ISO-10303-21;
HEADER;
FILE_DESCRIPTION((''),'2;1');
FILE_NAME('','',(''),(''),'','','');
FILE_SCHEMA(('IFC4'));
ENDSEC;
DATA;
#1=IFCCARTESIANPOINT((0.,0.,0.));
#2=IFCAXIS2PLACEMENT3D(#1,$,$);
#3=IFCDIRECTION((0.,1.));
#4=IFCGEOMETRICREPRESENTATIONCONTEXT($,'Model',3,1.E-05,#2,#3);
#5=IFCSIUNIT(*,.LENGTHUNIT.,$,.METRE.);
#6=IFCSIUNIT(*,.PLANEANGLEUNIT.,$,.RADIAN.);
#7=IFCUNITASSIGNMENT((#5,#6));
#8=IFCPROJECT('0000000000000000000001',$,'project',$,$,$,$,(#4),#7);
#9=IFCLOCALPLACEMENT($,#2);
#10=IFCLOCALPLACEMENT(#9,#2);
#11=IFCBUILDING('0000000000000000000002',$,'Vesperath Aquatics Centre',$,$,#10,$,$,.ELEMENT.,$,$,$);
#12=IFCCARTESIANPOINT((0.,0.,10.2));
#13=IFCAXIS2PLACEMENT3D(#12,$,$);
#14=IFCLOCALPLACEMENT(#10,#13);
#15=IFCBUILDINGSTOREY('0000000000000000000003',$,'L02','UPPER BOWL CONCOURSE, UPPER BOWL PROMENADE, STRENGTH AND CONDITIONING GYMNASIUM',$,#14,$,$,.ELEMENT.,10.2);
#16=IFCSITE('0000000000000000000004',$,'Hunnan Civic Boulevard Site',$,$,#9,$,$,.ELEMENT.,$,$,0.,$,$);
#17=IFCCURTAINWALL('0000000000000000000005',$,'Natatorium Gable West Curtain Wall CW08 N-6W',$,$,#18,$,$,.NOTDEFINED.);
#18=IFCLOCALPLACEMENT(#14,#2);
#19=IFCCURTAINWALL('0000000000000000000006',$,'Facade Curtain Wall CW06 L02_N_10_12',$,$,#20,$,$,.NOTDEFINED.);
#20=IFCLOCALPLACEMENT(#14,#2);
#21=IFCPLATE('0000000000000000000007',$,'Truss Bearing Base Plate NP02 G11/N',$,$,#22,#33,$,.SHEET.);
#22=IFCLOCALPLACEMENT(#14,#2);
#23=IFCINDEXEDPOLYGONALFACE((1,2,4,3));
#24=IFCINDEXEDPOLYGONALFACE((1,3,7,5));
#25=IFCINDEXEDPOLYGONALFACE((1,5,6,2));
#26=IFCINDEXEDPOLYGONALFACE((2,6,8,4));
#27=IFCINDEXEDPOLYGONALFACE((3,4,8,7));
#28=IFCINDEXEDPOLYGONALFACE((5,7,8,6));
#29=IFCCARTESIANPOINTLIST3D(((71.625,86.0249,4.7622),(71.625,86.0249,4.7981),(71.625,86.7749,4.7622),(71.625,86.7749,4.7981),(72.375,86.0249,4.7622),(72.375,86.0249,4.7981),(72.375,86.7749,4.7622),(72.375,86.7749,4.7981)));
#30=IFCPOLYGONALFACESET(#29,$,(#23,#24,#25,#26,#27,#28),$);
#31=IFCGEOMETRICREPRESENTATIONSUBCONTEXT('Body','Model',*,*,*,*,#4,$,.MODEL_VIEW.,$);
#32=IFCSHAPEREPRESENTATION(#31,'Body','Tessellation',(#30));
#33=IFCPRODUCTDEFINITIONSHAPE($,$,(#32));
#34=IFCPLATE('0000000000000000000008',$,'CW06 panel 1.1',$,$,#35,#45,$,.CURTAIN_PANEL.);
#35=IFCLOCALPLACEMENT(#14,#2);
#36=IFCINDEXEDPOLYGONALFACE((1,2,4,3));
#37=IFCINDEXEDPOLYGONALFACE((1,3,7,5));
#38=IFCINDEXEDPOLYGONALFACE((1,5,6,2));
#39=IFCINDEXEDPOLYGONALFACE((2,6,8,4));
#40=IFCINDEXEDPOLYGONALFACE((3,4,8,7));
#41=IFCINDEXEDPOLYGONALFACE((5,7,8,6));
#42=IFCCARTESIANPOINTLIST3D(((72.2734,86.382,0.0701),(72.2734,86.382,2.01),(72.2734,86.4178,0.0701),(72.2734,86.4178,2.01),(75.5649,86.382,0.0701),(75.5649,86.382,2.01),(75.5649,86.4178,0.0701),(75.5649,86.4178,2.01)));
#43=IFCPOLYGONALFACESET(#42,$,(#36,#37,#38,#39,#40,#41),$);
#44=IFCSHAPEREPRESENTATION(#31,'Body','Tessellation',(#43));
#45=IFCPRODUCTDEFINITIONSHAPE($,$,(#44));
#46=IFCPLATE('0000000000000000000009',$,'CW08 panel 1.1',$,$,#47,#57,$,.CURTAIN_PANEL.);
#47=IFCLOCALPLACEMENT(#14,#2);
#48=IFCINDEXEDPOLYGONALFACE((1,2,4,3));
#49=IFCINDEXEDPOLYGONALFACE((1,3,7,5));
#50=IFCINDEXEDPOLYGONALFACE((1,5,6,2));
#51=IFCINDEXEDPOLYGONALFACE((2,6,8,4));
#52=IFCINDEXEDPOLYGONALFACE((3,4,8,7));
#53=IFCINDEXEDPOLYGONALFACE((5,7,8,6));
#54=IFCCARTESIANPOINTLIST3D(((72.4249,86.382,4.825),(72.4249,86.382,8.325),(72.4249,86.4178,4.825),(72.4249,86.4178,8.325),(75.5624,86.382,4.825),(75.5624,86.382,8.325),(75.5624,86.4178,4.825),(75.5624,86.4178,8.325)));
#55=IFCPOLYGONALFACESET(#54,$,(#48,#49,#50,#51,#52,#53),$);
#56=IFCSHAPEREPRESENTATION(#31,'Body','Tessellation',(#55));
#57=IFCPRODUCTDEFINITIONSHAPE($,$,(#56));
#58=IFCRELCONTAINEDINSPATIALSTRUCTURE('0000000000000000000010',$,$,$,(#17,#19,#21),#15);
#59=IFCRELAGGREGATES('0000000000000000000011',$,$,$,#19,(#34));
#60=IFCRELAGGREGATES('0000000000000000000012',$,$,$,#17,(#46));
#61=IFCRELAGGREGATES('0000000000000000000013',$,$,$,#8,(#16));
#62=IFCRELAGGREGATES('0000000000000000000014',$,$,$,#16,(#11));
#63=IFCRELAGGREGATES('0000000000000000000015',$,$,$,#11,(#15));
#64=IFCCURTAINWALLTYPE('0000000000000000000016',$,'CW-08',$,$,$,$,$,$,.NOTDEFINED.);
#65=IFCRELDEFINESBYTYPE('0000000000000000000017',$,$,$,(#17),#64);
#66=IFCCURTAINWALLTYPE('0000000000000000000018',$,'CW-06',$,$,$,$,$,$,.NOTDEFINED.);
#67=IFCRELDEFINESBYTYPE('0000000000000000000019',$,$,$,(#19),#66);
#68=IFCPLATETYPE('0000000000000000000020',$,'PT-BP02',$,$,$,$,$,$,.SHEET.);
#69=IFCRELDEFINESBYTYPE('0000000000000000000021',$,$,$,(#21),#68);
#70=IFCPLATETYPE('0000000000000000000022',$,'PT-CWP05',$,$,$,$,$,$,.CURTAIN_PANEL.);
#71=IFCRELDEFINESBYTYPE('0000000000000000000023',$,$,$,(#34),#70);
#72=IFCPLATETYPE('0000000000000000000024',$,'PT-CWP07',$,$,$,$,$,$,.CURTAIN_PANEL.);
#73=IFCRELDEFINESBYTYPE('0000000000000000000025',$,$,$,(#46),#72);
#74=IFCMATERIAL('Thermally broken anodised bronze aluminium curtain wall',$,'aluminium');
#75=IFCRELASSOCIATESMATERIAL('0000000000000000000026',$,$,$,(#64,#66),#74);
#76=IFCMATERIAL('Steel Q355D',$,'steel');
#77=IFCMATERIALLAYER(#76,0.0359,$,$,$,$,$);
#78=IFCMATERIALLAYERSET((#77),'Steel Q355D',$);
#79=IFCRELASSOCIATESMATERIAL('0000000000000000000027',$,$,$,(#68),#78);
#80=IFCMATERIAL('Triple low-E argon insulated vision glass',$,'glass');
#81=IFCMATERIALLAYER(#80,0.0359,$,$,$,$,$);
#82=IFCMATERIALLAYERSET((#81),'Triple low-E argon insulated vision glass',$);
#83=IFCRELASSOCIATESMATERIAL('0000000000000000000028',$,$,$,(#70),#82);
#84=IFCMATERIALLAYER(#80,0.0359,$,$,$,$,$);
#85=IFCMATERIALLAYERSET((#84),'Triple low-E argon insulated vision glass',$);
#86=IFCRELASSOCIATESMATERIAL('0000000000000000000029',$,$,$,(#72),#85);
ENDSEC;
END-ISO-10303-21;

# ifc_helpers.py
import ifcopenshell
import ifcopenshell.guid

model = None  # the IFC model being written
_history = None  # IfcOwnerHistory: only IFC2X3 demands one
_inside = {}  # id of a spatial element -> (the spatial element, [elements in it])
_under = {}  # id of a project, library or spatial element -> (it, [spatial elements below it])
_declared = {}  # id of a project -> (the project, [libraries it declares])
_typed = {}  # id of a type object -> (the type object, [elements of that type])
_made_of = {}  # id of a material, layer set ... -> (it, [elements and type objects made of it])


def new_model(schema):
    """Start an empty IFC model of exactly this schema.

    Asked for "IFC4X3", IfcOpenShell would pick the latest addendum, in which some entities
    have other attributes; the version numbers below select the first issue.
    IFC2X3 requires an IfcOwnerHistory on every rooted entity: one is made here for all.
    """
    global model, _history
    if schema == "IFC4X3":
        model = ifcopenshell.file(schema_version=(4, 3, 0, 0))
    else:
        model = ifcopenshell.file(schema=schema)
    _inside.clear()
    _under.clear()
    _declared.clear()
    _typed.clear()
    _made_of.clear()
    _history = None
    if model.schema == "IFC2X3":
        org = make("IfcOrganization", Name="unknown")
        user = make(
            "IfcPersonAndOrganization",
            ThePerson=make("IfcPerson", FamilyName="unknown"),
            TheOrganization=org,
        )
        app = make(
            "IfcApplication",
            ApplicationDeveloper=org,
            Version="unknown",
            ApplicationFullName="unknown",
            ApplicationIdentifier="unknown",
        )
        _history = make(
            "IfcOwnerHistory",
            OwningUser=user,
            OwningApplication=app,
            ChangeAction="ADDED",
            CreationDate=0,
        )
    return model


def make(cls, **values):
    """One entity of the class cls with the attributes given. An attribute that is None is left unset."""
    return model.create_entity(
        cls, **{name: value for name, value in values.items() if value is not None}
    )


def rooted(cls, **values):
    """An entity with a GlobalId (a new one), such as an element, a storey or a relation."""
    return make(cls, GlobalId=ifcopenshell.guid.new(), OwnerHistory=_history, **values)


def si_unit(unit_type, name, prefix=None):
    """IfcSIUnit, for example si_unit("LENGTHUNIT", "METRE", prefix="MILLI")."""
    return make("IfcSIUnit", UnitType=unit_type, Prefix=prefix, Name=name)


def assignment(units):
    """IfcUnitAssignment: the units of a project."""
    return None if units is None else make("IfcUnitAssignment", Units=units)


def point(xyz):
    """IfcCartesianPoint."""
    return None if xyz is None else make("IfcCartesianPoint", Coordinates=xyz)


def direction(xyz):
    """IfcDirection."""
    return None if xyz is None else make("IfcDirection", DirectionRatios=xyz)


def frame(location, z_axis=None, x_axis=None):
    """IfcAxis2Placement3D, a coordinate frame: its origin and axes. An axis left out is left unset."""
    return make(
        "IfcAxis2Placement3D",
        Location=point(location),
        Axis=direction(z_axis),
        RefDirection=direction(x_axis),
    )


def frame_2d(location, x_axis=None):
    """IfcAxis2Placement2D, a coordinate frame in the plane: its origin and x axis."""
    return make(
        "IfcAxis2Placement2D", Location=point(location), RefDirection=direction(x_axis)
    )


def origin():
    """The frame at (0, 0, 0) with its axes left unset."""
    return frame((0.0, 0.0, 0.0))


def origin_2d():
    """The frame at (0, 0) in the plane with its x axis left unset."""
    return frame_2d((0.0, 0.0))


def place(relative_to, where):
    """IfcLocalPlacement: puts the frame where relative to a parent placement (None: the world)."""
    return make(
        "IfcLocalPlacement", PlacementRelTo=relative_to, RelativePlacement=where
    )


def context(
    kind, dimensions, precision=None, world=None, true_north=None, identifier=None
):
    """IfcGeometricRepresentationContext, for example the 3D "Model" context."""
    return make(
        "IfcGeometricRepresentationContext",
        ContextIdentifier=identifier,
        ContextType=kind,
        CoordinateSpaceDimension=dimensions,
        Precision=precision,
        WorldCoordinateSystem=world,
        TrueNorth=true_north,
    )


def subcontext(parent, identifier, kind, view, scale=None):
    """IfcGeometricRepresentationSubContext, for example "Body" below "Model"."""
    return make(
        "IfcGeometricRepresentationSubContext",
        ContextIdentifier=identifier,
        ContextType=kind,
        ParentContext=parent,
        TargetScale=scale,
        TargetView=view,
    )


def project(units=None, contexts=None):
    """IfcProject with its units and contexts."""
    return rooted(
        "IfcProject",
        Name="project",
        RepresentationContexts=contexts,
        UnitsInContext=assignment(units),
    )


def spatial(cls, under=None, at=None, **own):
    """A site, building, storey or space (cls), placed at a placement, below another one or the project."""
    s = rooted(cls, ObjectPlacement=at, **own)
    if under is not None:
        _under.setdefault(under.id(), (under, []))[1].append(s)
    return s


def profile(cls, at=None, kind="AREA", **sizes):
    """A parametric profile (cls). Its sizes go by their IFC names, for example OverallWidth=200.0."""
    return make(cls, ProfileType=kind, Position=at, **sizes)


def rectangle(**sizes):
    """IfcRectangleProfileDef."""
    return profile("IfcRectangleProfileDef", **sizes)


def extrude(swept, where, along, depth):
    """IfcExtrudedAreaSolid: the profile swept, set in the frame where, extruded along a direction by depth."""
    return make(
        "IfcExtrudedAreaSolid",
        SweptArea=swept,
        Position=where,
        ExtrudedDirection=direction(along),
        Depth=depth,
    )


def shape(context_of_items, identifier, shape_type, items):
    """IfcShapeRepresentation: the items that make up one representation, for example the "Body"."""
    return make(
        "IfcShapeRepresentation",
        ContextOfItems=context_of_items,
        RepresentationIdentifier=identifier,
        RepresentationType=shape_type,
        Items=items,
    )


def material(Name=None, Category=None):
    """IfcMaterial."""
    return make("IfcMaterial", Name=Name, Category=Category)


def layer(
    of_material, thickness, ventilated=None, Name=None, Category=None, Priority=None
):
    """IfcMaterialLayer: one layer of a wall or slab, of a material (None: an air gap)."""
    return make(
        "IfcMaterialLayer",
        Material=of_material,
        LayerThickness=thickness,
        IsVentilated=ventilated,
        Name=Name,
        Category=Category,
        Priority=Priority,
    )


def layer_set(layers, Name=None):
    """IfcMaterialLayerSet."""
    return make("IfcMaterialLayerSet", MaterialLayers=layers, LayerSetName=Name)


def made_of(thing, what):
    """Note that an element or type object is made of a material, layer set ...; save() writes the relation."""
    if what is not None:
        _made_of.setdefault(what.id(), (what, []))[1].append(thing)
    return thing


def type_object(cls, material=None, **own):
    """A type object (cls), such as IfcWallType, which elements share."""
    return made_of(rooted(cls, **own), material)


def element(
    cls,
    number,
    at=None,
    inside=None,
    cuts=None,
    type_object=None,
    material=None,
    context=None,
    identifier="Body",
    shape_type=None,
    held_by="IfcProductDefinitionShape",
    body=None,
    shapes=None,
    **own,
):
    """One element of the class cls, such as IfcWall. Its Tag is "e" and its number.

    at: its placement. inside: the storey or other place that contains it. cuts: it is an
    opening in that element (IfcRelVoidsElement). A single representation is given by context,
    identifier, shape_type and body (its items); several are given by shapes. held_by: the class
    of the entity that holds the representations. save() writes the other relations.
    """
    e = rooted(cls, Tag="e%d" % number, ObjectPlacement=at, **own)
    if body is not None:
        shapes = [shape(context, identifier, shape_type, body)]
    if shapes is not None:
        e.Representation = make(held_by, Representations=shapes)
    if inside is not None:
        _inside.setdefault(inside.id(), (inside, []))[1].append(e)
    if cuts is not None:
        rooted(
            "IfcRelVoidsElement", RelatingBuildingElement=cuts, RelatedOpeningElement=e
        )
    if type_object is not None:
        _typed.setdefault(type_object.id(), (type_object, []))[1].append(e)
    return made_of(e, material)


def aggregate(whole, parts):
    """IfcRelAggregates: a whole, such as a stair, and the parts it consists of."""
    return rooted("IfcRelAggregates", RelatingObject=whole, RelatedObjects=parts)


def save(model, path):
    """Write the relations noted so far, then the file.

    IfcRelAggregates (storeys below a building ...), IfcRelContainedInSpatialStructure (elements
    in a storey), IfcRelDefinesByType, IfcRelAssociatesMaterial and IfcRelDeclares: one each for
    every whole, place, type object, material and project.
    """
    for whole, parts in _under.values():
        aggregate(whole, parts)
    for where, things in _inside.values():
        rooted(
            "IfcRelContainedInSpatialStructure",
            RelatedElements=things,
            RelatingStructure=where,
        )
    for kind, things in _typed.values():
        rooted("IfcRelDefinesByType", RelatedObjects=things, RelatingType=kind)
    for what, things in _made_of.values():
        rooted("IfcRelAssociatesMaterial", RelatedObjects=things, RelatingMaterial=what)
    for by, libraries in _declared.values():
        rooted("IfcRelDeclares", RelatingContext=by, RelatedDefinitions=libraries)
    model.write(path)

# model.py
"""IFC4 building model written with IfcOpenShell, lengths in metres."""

from ifc_helpers import new_model, si_unit, direction, frame, origin, origin_2d, place, context, subcontext, project, spatial, rectangle, extrude, material, layer, layer_set, type_object, element, aggregate, save


model = new_model("IFC4")

# Units and contexts
model_context = context("Model", 3, precision=1e-05, world=origin(), true_north=direction((0.0, 1.0)))
body_context = subcontext(model_context, "Body", "Model", "MODEL_VIEW")
ifc_project = project(units=[si_unit("LENGTHUNIT", "METRE"), si_unit("PLANEANGLEUNIT", "RADIAN")], contexts=[model_context])

# Site, building, storey
site_placement = place(None, origin())
site = spatial("IfcSite", under=ifc_project, at=site_placement, Name="Hunnan Civic Boulevard Site", CompositionType="ELEMENT", RefElevation=0.0)
building_placement = place(site_placement, origin())
building = spatial("IfcBuilding", under=site, at=building_placement, Name="Vesperath Aquatics Centre", CompositionType="ELEMENT")
storey_placement = place(building_placement, frame((0.0, 0.0, 10.2)))
storey = spatial("IfcBuildingStorey", under=building, at=storey_placement, Name="L02", Description="UPPER BOWL CONCOURSE, UPPER BOWL PROMENADE, STRENGTH AND CONDITIONING GYMNASIUM", CompositionType="ELEMENT", Elevation=10.2)

# Shared definitions
ifc_material_1 = material(Name="Steel Q355D", Category="steel")

# Curtain walls
ifc_material_2 = material(Name="Thermally broken anodised bronze aluminium curtain wall", Category="aluminium")
curtain_wall_type_1 = type_object("IfcCurtainWallType", Name="CW-08", PredefinedType="NOTDEFINED", material=ifc_material_2)
curtain_wall_1_placement = place(storey_placement, origin())
curtain_wall_1 = element("IfcCurtainWall", 1, at=curtain_wall_1_placement, inside=storey, type_object=curtain_wall_type_1, Name="Natatorium Gable West Curtain Wall CW08 N-6W", PredefinedType="NOTDEFINED")
curtain_wall_type_2 = type_object("IfcCurtainWallType", Name="CW-06", PredefinedType="NOTDEFINED", material=ifc_material_2)
curtain_wall_2_placement = place(storey_placement, origin())
curtain_wall_2 = element("IfcCurtainWall", 2, at=curtain_wall_2_placement, inside=storey, type_object=curtain_wall_type_2, Name="Facade Curtain Wall CW06 L02_N_10_12", PredefinedType="NOTDEFINED")

# Plates
ifc_layer_1 = layer(ifc_material_1, 0.0359)
ifc_layer_set_1 = layer_set([ifc_layer_1], Name="Steel Q355D")
plate_type_1 = type_object("IfcPlateType", Name="PT-BP02", PredefinedType="SHEET", material=ifc_layer_set_1)
plate_1_placement = place(storey_placement, frame((72.0, 86.3999, 4.7622), z_axis=(0.0, 0.0, 1.0), x_axis=(1.0, 0.0, 0.0)))
element("IfcPlate", 3, at=plate_1_placement, inside=storey, type_object=plate_type_1, Name="Truss Bearing Base Plate NP02 G11/N", PredefinedType="SHEET", context=body_context, shape_type="SweptSolid", body=[
    extrude(rectangle(XDim=0.75, YDim=0.75, at=origin_2d()), origin(), (0.0, 0.0, 1.0), 0.0359),
])
ifc_material_3 = material(Name="Triple low-E argon insulated vision glass", Category="glass")
ifc_layer_2 = layer(ifc_material_3, 0.0359)
ifc_layer_set_2 = layer_set([ifc_layer_2], Name="Triple low-E argon insulated vision glass")
plate_type_2 = type_object("IfcPlateType", Name="PT-CWP05", PredefinedType="CURTAIN_PANEL", material=ifc_layer_set_2)
plate_2_placement = place(storey_placement, frame((73.9192, 86.3999, 0.0701), z_axis=(0.0, 0.0, 1.0), x_axis=(1.0, 0.0, 0.0)))
plate_2 = element("IfcPlate", 4, at=plate_2_placement, type_object=plate_type_2, Name="CW06 panel 1.1", PredefinedType="CURTAIN_PANEL", context=body_context, shape_type="SweptSolid", body=[
    extrude(rectangle(XDim=3.2915, YDim=0.0359, at=origin_2d()), origin(), (0.0, 0.0, 1.0), 1.9399),
])
aggregate(curtain_wall_2, [plate_2])
ifc_layer_3 = layer(ifc_material_3, 0.0359)
ifc_layer_set_3 = layer_set([ifc_layer_3], Name="Triple low-E argon insulated vision glass")
plate_type_3 = type_object("IfcPlateType", Name="PT-CWP07", PredefinedType="CURTAIN_PANEL", material=ifc_layer_set_3)
plate_3_placement = place(storey_placement, frame((73.9937, 86.3999, 4.825), z_axis=(0.0, 0.0, 1.0), x_axis=(1.0, 0.0, 0.0)))
plate_3 = element("IfcPlate", 5, at=plate_3_placement, type_object=plate_type_3, Name="CW08 panel 1.1", PredefinedType="CURTAIN_PANEL", context=body_context, shape_type="SweptSolid", body=[
    extrude(rectangle(XDim=3.1375, YDim=0.0359, at=origin_2d()), origin(), (0.0, 0.0, 1.0), 3.5),
])
aggregate(curtain_wall_1, [plate_3])

save(model, "model.ifc")
